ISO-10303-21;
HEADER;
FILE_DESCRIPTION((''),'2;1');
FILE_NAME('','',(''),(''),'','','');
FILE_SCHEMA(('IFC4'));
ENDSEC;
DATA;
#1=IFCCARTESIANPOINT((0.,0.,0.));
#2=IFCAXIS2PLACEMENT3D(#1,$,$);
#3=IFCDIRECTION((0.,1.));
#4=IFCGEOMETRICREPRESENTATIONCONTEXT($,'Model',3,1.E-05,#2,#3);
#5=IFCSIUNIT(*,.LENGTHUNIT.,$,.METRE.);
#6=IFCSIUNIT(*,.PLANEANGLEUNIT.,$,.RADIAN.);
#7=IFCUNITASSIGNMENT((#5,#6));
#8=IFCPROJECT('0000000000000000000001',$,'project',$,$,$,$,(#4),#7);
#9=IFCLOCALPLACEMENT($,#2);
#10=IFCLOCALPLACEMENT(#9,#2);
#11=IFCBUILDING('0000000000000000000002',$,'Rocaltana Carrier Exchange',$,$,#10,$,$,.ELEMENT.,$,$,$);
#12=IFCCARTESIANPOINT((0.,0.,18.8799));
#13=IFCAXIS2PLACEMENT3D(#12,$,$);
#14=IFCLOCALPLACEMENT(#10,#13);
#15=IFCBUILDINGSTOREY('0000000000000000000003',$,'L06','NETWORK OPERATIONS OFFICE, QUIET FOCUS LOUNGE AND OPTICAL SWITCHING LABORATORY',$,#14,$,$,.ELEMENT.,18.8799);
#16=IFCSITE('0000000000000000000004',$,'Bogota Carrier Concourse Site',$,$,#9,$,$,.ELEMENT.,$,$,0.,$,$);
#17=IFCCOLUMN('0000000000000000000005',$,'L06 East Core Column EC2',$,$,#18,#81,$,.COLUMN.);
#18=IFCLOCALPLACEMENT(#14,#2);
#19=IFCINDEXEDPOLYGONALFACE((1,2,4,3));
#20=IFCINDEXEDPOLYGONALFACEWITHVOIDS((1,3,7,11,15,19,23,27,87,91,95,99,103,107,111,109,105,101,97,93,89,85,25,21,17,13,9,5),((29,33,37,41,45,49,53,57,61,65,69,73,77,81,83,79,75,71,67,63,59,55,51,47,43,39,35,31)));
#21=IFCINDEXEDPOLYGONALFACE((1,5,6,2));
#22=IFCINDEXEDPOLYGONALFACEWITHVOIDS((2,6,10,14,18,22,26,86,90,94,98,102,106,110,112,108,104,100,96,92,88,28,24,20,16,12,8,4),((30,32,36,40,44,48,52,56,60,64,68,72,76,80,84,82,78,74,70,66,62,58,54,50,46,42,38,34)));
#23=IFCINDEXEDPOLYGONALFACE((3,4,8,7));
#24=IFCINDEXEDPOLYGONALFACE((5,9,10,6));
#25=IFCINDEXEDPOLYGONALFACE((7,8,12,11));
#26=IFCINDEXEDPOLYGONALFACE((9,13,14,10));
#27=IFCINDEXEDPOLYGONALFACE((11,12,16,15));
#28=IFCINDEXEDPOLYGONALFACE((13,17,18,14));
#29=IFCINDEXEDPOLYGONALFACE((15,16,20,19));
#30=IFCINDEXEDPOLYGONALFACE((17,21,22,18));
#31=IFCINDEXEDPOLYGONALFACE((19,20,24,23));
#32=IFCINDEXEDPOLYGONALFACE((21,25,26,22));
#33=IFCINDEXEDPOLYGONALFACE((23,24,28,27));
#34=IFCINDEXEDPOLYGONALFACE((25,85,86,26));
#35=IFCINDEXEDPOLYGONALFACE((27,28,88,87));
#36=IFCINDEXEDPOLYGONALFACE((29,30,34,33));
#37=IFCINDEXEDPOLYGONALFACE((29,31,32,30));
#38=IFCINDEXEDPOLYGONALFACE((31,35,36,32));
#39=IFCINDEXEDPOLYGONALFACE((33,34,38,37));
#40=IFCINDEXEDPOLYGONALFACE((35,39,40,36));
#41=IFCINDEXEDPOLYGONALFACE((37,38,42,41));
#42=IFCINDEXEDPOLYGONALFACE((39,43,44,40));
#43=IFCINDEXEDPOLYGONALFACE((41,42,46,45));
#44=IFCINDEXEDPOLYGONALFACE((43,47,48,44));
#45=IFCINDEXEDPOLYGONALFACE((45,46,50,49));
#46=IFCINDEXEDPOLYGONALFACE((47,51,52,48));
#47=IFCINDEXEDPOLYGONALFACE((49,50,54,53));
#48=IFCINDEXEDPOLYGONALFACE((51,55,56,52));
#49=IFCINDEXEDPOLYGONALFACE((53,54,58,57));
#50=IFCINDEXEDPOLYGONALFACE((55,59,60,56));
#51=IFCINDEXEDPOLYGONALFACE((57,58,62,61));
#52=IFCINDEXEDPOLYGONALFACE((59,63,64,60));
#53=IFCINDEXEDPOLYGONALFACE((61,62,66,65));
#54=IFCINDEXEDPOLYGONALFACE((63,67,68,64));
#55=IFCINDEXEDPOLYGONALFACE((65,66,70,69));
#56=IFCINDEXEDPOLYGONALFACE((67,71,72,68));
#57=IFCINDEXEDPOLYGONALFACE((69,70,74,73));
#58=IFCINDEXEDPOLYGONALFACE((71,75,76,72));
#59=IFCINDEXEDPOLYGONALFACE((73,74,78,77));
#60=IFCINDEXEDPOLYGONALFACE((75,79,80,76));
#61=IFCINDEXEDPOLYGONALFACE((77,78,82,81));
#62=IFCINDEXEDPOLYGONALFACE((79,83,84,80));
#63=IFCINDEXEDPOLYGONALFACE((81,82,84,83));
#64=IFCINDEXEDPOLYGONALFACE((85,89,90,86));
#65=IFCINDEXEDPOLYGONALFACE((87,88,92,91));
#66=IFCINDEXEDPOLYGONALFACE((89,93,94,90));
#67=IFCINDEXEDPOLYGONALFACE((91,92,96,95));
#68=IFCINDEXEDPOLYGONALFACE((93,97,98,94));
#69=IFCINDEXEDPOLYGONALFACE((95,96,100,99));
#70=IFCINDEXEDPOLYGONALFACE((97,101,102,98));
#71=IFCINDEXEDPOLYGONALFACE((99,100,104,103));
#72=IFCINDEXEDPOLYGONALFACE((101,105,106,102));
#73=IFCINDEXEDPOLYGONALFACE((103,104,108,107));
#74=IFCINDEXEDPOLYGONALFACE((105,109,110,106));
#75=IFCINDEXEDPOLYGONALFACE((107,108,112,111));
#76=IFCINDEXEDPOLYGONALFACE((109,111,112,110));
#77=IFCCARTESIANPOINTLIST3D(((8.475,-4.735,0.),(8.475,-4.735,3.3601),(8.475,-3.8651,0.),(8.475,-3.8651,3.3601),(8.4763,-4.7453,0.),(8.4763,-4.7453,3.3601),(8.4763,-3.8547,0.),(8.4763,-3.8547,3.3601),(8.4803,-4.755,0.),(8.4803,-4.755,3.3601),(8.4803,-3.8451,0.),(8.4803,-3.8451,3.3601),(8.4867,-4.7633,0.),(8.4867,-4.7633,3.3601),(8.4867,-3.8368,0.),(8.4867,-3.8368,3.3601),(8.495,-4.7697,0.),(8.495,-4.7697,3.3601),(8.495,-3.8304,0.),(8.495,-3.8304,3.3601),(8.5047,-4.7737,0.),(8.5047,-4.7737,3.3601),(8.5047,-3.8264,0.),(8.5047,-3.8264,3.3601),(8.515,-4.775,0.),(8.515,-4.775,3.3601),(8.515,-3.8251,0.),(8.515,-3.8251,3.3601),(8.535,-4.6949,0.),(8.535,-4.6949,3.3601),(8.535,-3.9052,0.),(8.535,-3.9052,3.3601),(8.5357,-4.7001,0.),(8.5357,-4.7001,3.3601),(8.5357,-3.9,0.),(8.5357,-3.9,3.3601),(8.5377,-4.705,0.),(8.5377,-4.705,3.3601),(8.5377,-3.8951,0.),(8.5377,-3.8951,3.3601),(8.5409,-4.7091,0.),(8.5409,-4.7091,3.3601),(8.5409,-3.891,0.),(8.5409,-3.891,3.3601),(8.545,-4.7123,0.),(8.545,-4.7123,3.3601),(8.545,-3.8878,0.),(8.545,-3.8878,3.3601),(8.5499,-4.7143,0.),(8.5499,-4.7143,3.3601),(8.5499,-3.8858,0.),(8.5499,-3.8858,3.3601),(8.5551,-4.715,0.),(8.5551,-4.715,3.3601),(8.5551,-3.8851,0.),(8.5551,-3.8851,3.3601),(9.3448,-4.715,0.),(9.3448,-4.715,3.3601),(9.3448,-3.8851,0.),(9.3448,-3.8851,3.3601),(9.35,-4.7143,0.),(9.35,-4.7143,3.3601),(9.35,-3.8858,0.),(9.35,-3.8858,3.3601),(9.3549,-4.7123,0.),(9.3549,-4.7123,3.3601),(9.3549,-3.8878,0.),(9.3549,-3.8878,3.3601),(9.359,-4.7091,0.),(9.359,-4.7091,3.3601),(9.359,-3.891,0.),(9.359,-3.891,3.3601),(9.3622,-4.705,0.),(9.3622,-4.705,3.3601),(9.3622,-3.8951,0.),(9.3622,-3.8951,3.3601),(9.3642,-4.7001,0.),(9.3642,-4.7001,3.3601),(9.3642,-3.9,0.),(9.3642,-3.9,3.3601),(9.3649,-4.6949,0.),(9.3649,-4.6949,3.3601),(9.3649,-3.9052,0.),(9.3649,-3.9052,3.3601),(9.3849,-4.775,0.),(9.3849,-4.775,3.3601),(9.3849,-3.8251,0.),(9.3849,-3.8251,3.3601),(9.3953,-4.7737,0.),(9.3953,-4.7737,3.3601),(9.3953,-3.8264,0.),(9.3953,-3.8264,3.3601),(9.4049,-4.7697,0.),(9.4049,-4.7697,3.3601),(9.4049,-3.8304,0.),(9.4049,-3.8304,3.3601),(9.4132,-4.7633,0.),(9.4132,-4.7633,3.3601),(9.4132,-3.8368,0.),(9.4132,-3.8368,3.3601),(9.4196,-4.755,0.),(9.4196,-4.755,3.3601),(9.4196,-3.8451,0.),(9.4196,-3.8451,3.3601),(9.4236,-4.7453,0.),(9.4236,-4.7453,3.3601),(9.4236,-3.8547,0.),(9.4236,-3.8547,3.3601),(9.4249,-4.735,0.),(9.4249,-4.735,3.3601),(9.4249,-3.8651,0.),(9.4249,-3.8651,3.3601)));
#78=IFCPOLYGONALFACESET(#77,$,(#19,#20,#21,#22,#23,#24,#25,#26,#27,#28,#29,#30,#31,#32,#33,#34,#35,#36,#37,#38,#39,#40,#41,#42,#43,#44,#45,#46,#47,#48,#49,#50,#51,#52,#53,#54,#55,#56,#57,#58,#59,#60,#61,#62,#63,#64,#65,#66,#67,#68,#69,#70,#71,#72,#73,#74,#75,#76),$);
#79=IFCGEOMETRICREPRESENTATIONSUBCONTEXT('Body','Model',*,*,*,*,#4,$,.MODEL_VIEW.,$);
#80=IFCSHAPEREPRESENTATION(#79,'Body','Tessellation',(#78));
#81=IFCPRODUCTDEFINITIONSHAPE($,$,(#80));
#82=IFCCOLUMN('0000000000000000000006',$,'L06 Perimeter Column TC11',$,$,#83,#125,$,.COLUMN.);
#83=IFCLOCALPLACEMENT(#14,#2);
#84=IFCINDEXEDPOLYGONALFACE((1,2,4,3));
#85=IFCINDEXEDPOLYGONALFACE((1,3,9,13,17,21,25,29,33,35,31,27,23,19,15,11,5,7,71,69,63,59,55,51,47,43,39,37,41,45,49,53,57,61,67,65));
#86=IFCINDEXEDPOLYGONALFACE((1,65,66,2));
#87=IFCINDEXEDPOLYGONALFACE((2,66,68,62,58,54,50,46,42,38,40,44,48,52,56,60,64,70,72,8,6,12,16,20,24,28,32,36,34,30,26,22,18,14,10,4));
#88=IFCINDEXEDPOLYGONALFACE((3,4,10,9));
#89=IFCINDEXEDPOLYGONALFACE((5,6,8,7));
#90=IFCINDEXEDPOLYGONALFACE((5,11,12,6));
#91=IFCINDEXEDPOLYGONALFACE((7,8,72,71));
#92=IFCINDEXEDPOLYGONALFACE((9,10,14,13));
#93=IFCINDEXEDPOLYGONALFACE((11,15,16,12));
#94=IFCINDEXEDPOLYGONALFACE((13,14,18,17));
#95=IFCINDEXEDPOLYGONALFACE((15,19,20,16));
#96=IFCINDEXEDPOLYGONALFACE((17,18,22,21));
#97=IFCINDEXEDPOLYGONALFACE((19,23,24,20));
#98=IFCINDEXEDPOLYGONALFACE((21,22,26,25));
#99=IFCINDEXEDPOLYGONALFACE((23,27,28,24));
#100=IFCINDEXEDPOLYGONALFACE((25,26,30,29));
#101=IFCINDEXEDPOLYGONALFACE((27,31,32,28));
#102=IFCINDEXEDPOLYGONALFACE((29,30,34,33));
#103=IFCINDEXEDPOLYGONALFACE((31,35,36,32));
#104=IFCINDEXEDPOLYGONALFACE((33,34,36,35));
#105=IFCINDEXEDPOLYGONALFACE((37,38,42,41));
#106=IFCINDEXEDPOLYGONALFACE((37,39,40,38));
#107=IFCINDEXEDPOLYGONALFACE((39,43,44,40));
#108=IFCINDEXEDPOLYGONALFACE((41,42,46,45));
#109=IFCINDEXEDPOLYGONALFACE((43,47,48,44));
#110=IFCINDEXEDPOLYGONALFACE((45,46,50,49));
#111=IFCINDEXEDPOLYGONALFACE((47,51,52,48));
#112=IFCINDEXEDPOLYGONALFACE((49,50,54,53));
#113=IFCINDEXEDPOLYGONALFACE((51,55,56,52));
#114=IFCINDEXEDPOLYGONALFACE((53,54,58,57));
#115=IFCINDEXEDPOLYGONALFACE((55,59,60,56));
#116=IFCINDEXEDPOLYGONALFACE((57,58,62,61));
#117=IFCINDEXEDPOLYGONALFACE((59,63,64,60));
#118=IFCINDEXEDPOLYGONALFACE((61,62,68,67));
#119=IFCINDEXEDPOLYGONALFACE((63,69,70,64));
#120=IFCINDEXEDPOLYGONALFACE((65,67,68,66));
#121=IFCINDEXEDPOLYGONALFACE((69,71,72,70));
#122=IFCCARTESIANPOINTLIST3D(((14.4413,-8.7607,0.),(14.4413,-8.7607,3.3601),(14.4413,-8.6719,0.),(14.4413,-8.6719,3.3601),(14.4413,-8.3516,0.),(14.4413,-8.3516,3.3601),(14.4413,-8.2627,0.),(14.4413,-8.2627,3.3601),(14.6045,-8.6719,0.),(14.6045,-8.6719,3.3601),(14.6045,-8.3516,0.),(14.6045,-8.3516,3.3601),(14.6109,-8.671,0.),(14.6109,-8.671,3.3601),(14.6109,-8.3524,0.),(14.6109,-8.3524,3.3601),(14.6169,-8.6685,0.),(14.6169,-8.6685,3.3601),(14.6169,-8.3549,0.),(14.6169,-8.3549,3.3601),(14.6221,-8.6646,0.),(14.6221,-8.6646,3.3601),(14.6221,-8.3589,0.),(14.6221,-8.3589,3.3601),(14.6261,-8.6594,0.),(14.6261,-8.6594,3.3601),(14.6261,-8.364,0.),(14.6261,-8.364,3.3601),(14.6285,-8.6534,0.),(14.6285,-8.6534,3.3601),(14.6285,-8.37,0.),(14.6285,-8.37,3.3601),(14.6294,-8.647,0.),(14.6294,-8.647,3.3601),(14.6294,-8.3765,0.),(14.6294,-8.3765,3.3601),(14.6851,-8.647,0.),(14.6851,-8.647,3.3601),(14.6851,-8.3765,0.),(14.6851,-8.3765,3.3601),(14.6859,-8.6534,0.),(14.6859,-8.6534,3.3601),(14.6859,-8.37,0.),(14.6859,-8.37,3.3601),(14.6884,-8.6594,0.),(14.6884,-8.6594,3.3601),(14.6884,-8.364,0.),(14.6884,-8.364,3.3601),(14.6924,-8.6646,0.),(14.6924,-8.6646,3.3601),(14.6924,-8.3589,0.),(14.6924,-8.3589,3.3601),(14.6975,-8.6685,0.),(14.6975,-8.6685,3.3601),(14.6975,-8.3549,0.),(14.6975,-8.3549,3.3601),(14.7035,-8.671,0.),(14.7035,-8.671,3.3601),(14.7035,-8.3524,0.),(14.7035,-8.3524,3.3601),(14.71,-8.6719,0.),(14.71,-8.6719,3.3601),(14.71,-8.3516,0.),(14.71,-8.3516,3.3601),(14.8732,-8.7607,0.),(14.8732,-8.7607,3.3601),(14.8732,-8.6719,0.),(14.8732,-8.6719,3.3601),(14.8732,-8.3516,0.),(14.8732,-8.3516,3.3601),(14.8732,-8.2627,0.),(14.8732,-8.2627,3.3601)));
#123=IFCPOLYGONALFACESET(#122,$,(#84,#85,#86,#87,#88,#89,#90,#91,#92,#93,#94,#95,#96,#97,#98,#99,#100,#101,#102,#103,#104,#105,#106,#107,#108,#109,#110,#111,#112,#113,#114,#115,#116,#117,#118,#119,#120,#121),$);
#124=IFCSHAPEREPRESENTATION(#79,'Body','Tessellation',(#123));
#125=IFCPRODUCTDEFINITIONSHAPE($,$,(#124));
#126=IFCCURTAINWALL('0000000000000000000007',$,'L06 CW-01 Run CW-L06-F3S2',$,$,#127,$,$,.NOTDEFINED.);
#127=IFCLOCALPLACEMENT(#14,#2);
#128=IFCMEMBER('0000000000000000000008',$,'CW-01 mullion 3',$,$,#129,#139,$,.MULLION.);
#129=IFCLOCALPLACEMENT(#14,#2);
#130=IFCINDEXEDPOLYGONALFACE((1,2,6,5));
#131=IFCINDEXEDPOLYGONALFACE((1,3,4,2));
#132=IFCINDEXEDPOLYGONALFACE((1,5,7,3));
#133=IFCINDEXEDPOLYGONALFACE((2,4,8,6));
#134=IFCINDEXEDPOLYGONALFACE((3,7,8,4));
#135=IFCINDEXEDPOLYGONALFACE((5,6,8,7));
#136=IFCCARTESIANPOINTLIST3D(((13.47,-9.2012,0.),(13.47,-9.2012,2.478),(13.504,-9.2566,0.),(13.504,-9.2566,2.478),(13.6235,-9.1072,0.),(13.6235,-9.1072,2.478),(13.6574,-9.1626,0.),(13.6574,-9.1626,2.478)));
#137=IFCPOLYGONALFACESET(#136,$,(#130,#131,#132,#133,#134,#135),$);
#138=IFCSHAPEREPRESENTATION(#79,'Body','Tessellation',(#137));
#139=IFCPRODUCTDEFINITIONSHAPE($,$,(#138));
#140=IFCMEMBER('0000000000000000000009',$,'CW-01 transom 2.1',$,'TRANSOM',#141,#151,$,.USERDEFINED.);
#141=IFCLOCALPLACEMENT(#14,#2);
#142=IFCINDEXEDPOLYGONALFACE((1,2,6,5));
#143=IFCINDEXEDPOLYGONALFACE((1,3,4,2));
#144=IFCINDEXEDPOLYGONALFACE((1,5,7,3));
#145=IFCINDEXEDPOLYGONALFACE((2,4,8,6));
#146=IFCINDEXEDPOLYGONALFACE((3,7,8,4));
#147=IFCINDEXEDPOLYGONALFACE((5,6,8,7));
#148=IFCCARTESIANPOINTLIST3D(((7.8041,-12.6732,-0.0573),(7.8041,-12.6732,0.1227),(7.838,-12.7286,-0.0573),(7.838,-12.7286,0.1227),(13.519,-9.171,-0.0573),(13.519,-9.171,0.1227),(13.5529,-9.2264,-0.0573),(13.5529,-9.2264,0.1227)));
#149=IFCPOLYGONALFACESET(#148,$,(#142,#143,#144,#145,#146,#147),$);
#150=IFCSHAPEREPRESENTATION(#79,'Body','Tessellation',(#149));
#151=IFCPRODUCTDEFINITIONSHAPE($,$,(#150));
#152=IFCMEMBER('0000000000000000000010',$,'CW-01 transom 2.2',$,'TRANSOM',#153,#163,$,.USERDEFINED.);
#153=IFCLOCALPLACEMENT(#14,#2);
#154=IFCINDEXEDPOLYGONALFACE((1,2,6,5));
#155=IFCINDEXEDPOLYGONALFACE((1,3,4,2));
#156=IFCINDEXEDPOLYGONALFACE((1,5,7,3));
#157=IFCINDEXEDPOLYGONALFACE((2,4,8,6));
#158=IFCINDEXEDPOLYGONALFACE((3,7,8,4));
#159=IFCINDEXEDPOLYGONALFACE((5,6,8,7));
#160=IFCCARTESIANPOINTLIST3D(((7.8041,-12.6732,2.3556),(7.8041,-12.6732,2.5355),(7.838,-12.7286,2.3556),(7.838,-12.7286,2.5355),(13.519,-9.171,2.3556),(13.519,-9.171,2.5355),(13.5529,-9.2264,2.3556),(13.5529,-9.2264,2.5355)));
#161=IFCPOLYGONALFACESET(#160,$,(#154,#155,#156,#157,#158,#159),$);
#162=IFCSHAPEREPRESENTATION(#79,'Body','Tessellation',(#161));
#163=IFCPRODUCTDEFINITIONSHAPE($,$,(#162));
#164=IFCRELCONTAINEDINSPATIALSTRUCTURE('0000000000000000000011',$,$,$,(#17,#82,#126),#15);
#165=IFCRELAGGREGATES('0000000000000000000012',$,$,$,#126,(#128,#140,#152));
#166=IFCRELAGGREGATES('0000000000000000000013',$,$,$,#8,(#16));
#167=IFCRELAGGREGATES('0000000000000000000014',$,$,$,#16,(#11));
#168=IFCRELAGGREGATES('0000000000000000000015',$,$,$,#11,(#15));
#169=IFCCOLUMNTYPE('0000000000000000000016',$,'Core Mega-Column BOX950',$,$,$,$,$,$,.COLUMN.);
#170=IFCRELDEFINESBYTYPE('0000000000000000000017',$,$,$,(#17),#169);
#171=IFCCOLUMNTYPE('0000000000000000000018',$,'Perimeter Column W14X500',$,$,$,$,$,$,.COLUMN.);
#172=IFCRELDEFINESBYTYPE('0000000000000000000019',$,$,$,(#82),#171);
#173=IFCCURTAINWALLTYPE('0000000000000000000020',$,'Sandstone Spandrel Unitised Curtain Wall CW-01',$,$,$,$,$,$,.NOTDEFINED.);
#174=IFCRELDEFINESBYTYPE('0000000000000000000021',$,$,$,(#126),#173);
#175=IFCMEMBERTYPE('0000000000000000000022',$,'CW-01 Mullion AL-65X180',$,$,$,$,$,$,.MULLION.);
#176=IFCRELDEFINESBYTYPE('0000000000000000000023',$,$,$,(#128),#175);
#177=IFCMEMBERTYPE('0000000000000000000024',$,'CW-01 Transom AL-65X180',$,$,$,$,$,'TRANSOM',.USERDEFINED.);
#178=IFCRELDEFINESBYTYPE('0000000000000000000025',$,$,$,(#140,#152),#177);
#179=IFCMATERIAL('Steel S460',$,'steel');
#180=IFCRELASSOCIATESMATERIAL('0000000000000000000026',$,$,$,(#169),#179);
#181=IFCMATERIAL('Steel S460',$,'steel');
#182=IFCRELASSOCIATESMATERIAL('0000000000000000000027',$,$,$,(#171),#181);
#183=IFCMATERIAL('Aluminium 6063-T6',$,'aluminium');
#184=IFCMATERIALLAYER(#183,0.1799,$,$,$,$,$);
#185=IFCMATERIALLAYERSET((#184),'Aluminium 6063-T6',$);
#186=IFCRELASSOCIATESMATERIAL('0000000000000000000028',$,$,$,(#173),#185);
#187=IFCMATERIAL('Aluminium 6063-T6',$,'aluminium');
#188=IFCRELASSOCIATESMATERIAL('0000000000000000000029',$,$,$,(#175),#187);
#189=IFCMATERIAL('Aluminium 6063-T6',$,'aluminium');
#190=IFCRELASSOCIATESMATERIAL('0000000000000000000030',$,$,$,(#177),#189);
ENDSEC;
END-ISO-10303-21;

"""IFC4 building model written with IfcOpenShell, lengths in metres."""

from ifc_helpers import new_model, si_unit, direction, frame, origin, origin_2d, place, context, subcontext, project, spatial, rectangle, hollow_rectangle, i_section, extrude, material, layer, layer_set, material_profile, profile_set, type_object, element, aggregate, save


model = new_model("IFC4")

# Units and contexts
model_context = context("Model", 3, precision=1e-05, world=origin(), true_north=direction((0.0, 1.0)))
body_context = subcontext(model_context, "Body", "Model", "MODEL_VIEW")
ifc_project = project(units=[si_unit("LENGTHUNIT", "METRE"), si_unit("PLANEANGLEUNIT", "RADIAN")], contexts=[model_context])

# Site, building, storey
site_placement = place(None, origin())
site = spatial("IfcSite", under=ifc_project, at=site_placement, Name="Bogota Carrier Concourse Site", CompositionType="ELEMENT", RefElevation=0.0)
building_placement = place(site_placement, origin())
building = spatial("IfcBuilding", under=site, at=building_placement, Name="Rocaltana Carrier Exchange", CompositionType="ELEMENT")
storey_placement = place(building_placement, frame((0.0, 0.0, 18.8799)))
storey = spatial("IfcBuildingStorey", under=building, at=storey_placement, Name="L06", Description="NETWORK OPERATIONS OFFICE, QUIET FOCUS LOUNGE AND OPTICAL SWITCHING LABORATORY", CompositionType="ELEMENT", Elevation=18.8799)

# Columns
ifc_material_1 = material(Name="Steel S460", Category="steel")
ifc_material_profile_1 = material_profile(ifc_material_1, hollow_rectangle(XDim=0.95, YDim=0.95, WallThickness=0.0601, InnerFilletRadius=0.02, OuterFilletRadius=0.04, at=origin_2d()), Name="BOX950X950X60")
ifc_profile_set_1 = profile_set([ifc_material_profile_1], Name="Steel S460")
column_type_1 = type_object("IfcColumnType", Name="Core Mega-Column BOX950", PredefinedType="COLUMN", material=ifc_profile_set_1)
column_1_placement = place(storey_placement, frame((8.95, -4.3, 0.0), z_axis=(0.0, 0.0, 1.0), x_axis=(1.0, 0.0, 0.0)))
element("IfcColumn", 1, at=column_1_placement, inside=storey, type_object=column_type_1, Name="L06 East Core Column EC2", PredefinedType="COLUMN", context=body_context, shape_type="SweptSolid", body=[
    extrude(hollow_rectangle(XDim=0.95, YDim=0.95, WallThickness=0.0601, InnerFilletRadius=0.02, OuterFilletRadius=0.04, at=origin_2d()), origin(), (0.0, 0.0, 1.0), 3.3601),
])
ifc_material_2 = material(Name="Steel S460", Category="steel")
ifc_material_profile_2 = material_profile(ifc_material_2, i_section(OverallWidth=0.4319, OverallDepth=0.498, WebThickness=0.0557, FlangeThickness=0.0889, FilletRadius=0.0249, at=origin_2d()), Name="W14X500")
ifc_profile_set_2 = profile_set([ifc_material_profile_2], Name="Steel S460")
column_type_2 = type_object("IfcColumnType", Name="Perimeter Column W14X500", PredefinedType="COLUMN", material=ifc_profile_set_2)
column_2_placement = place(storey_placement, frame((14.6572, -8.5117, 0.0), z_axis=(0.0, 0.0, 1.0), x_axis=(1.0, 0.0, 0.0)))
element("IfcColumn", 2, at=column_2_placement, inside=storey, type_object=column_type_2, Name="L06 Perimeter Column TC11", PredefinedType="COLUMN", context=body_context, shape_type="SweptSolid", body=[
    extrude(i_section(OverallWidth=0.4319, OverallDepth=0.498, WebThickness=0.0557, FlangeThickness=0.0889, FilletRadius=0.0249, at=origin_2d()), origin(), (0.0, 0.0, 1.0), 3.3601),
])

# Curtain wall, members
ifc_material_3 = material(Name="Aluminium 6063-T6", Category="aluminium")
ifc_layer_1 = layer(ifc_material_3, 0.1799)
ifc_layer_set_1 = layer_set([ifc_layer_1], Name="Aluminium 6063-T6")
curtain_wall_type = type_object("IfcCurtainWallType", Name="Sandstone Spandrel Unitised Curtain Wall CW-01", PredefinedType="NOTDEFINED", material=ifc_layer_set_1)
curtain_wall_placement = place(storey_placement, origin())
curtain_wall = element("IfcCurtainWall", 3, at=curtain_wall_placement, inside=storey, type_object=curtain_wall_type, Name="L06 CW-01 Run CW-L06-F3S2", PredefinedType="NOTDEFINED")
ifc_material_4 = material(Name="Aluminium 6063-T6", Category="aluminium")
ifc_material_profile_3 = material_profile(ifc_material_4, rectangle(XDim=0.0649, YDim=0.1799, at=origin_2d()), Name="AL-65X180")
ifc_profile_set_3 = profile_set([ifc_material_profile_3], Name="Aluminium 6063-T6")
member_type_1 = type_object("IfcMemberType", Name="CW-01 Mullion AL-65X180", PredefinedType="MULLION", material=ifc_profile_set_3)
member_1_placement = place(storey_placement, frame((13.5637, -9.1819, 0.0), z_axis=(0.0, 0.0, 1.0), x_axis=(-0.5225, 0.852639, 0.0)))
member_1 = element("IfcMember", 4, at=member_1_placement, type_object=member_type_1, Name="CW-01 mullion 3", PredefinedType="MULLION", context=body_context, shape_type="SweptSolid", body=[
    extrude(rectangle(XDim=0.0649, YDim=0.1799, at=origin_2d()), origin(), (0.0, 0.0, 1.0), 2.478),
])
ifc_material_5 = material(Name="Aluminium 6063-T6", Category="aluminium")
ifc_material_profile_4 = material_profile(ifc_material_5, rectangle(XDim=0.0649, YDim=0.1799, at=origin_2d()), Name="AL-65X180")
ifc_profile_set_4 = profile_set([ifc_material_profile_4], Name="Aluminium 6063-T6")
member_type_2 = type_object("IfcMemberType", Name="CW-01 Transom AL-65X180", ElementType="TRANSOM", PredefinedType="USERDEFINED", material=ifc_profile_set_4)
member_2_placement = place(storey_placement, frame((7.821, -12.7009, 0.0327), z_axis=(0.852631, 0.522513, 0.0), x_axis=(-0.522513, 0.852631, 0.0)))
member_2 = element("IfcMember", 5, at=member_2_placement, type_object=member_type_2, Name="CW-01 transom 2.1", ObjectType="TRANSOM", PredefinedType="USERDEFINED", context=body_context, shape_type="SweptSolid", body=[
    extrude(rectangle(XDim=0.0649, YDim=0.1799, at=origin_2d()), origin(), (0.0, 0.0, 1.0), 6.7026),
])
member_3_placement = place(storey_placement, frame((7.821, -12.7009, 2.4456), z_axis=(0.852631, 0.522513, 0.0), x_axis=(-0.522513, 0.852631, 0.0)))
member_3 = element("IfcMember", 6, at=member_3_placement, type_object=member_type_2, Name="CW-01 transom 2.2", ObjectType="TRANSOM", PredefinedType="USERDEFINED", context=body_context, shape_type="SweptSolid", body=[
    extrude(rectangle(XDim=0.0649, YDim=0.1799, at=origin_2d()), origin(), (0.0, 0.0, 1.0), 6.7026),
])

aggregate(curtain_wall, [member_1, member_2, member_3])

save(model, "model.ifc")
